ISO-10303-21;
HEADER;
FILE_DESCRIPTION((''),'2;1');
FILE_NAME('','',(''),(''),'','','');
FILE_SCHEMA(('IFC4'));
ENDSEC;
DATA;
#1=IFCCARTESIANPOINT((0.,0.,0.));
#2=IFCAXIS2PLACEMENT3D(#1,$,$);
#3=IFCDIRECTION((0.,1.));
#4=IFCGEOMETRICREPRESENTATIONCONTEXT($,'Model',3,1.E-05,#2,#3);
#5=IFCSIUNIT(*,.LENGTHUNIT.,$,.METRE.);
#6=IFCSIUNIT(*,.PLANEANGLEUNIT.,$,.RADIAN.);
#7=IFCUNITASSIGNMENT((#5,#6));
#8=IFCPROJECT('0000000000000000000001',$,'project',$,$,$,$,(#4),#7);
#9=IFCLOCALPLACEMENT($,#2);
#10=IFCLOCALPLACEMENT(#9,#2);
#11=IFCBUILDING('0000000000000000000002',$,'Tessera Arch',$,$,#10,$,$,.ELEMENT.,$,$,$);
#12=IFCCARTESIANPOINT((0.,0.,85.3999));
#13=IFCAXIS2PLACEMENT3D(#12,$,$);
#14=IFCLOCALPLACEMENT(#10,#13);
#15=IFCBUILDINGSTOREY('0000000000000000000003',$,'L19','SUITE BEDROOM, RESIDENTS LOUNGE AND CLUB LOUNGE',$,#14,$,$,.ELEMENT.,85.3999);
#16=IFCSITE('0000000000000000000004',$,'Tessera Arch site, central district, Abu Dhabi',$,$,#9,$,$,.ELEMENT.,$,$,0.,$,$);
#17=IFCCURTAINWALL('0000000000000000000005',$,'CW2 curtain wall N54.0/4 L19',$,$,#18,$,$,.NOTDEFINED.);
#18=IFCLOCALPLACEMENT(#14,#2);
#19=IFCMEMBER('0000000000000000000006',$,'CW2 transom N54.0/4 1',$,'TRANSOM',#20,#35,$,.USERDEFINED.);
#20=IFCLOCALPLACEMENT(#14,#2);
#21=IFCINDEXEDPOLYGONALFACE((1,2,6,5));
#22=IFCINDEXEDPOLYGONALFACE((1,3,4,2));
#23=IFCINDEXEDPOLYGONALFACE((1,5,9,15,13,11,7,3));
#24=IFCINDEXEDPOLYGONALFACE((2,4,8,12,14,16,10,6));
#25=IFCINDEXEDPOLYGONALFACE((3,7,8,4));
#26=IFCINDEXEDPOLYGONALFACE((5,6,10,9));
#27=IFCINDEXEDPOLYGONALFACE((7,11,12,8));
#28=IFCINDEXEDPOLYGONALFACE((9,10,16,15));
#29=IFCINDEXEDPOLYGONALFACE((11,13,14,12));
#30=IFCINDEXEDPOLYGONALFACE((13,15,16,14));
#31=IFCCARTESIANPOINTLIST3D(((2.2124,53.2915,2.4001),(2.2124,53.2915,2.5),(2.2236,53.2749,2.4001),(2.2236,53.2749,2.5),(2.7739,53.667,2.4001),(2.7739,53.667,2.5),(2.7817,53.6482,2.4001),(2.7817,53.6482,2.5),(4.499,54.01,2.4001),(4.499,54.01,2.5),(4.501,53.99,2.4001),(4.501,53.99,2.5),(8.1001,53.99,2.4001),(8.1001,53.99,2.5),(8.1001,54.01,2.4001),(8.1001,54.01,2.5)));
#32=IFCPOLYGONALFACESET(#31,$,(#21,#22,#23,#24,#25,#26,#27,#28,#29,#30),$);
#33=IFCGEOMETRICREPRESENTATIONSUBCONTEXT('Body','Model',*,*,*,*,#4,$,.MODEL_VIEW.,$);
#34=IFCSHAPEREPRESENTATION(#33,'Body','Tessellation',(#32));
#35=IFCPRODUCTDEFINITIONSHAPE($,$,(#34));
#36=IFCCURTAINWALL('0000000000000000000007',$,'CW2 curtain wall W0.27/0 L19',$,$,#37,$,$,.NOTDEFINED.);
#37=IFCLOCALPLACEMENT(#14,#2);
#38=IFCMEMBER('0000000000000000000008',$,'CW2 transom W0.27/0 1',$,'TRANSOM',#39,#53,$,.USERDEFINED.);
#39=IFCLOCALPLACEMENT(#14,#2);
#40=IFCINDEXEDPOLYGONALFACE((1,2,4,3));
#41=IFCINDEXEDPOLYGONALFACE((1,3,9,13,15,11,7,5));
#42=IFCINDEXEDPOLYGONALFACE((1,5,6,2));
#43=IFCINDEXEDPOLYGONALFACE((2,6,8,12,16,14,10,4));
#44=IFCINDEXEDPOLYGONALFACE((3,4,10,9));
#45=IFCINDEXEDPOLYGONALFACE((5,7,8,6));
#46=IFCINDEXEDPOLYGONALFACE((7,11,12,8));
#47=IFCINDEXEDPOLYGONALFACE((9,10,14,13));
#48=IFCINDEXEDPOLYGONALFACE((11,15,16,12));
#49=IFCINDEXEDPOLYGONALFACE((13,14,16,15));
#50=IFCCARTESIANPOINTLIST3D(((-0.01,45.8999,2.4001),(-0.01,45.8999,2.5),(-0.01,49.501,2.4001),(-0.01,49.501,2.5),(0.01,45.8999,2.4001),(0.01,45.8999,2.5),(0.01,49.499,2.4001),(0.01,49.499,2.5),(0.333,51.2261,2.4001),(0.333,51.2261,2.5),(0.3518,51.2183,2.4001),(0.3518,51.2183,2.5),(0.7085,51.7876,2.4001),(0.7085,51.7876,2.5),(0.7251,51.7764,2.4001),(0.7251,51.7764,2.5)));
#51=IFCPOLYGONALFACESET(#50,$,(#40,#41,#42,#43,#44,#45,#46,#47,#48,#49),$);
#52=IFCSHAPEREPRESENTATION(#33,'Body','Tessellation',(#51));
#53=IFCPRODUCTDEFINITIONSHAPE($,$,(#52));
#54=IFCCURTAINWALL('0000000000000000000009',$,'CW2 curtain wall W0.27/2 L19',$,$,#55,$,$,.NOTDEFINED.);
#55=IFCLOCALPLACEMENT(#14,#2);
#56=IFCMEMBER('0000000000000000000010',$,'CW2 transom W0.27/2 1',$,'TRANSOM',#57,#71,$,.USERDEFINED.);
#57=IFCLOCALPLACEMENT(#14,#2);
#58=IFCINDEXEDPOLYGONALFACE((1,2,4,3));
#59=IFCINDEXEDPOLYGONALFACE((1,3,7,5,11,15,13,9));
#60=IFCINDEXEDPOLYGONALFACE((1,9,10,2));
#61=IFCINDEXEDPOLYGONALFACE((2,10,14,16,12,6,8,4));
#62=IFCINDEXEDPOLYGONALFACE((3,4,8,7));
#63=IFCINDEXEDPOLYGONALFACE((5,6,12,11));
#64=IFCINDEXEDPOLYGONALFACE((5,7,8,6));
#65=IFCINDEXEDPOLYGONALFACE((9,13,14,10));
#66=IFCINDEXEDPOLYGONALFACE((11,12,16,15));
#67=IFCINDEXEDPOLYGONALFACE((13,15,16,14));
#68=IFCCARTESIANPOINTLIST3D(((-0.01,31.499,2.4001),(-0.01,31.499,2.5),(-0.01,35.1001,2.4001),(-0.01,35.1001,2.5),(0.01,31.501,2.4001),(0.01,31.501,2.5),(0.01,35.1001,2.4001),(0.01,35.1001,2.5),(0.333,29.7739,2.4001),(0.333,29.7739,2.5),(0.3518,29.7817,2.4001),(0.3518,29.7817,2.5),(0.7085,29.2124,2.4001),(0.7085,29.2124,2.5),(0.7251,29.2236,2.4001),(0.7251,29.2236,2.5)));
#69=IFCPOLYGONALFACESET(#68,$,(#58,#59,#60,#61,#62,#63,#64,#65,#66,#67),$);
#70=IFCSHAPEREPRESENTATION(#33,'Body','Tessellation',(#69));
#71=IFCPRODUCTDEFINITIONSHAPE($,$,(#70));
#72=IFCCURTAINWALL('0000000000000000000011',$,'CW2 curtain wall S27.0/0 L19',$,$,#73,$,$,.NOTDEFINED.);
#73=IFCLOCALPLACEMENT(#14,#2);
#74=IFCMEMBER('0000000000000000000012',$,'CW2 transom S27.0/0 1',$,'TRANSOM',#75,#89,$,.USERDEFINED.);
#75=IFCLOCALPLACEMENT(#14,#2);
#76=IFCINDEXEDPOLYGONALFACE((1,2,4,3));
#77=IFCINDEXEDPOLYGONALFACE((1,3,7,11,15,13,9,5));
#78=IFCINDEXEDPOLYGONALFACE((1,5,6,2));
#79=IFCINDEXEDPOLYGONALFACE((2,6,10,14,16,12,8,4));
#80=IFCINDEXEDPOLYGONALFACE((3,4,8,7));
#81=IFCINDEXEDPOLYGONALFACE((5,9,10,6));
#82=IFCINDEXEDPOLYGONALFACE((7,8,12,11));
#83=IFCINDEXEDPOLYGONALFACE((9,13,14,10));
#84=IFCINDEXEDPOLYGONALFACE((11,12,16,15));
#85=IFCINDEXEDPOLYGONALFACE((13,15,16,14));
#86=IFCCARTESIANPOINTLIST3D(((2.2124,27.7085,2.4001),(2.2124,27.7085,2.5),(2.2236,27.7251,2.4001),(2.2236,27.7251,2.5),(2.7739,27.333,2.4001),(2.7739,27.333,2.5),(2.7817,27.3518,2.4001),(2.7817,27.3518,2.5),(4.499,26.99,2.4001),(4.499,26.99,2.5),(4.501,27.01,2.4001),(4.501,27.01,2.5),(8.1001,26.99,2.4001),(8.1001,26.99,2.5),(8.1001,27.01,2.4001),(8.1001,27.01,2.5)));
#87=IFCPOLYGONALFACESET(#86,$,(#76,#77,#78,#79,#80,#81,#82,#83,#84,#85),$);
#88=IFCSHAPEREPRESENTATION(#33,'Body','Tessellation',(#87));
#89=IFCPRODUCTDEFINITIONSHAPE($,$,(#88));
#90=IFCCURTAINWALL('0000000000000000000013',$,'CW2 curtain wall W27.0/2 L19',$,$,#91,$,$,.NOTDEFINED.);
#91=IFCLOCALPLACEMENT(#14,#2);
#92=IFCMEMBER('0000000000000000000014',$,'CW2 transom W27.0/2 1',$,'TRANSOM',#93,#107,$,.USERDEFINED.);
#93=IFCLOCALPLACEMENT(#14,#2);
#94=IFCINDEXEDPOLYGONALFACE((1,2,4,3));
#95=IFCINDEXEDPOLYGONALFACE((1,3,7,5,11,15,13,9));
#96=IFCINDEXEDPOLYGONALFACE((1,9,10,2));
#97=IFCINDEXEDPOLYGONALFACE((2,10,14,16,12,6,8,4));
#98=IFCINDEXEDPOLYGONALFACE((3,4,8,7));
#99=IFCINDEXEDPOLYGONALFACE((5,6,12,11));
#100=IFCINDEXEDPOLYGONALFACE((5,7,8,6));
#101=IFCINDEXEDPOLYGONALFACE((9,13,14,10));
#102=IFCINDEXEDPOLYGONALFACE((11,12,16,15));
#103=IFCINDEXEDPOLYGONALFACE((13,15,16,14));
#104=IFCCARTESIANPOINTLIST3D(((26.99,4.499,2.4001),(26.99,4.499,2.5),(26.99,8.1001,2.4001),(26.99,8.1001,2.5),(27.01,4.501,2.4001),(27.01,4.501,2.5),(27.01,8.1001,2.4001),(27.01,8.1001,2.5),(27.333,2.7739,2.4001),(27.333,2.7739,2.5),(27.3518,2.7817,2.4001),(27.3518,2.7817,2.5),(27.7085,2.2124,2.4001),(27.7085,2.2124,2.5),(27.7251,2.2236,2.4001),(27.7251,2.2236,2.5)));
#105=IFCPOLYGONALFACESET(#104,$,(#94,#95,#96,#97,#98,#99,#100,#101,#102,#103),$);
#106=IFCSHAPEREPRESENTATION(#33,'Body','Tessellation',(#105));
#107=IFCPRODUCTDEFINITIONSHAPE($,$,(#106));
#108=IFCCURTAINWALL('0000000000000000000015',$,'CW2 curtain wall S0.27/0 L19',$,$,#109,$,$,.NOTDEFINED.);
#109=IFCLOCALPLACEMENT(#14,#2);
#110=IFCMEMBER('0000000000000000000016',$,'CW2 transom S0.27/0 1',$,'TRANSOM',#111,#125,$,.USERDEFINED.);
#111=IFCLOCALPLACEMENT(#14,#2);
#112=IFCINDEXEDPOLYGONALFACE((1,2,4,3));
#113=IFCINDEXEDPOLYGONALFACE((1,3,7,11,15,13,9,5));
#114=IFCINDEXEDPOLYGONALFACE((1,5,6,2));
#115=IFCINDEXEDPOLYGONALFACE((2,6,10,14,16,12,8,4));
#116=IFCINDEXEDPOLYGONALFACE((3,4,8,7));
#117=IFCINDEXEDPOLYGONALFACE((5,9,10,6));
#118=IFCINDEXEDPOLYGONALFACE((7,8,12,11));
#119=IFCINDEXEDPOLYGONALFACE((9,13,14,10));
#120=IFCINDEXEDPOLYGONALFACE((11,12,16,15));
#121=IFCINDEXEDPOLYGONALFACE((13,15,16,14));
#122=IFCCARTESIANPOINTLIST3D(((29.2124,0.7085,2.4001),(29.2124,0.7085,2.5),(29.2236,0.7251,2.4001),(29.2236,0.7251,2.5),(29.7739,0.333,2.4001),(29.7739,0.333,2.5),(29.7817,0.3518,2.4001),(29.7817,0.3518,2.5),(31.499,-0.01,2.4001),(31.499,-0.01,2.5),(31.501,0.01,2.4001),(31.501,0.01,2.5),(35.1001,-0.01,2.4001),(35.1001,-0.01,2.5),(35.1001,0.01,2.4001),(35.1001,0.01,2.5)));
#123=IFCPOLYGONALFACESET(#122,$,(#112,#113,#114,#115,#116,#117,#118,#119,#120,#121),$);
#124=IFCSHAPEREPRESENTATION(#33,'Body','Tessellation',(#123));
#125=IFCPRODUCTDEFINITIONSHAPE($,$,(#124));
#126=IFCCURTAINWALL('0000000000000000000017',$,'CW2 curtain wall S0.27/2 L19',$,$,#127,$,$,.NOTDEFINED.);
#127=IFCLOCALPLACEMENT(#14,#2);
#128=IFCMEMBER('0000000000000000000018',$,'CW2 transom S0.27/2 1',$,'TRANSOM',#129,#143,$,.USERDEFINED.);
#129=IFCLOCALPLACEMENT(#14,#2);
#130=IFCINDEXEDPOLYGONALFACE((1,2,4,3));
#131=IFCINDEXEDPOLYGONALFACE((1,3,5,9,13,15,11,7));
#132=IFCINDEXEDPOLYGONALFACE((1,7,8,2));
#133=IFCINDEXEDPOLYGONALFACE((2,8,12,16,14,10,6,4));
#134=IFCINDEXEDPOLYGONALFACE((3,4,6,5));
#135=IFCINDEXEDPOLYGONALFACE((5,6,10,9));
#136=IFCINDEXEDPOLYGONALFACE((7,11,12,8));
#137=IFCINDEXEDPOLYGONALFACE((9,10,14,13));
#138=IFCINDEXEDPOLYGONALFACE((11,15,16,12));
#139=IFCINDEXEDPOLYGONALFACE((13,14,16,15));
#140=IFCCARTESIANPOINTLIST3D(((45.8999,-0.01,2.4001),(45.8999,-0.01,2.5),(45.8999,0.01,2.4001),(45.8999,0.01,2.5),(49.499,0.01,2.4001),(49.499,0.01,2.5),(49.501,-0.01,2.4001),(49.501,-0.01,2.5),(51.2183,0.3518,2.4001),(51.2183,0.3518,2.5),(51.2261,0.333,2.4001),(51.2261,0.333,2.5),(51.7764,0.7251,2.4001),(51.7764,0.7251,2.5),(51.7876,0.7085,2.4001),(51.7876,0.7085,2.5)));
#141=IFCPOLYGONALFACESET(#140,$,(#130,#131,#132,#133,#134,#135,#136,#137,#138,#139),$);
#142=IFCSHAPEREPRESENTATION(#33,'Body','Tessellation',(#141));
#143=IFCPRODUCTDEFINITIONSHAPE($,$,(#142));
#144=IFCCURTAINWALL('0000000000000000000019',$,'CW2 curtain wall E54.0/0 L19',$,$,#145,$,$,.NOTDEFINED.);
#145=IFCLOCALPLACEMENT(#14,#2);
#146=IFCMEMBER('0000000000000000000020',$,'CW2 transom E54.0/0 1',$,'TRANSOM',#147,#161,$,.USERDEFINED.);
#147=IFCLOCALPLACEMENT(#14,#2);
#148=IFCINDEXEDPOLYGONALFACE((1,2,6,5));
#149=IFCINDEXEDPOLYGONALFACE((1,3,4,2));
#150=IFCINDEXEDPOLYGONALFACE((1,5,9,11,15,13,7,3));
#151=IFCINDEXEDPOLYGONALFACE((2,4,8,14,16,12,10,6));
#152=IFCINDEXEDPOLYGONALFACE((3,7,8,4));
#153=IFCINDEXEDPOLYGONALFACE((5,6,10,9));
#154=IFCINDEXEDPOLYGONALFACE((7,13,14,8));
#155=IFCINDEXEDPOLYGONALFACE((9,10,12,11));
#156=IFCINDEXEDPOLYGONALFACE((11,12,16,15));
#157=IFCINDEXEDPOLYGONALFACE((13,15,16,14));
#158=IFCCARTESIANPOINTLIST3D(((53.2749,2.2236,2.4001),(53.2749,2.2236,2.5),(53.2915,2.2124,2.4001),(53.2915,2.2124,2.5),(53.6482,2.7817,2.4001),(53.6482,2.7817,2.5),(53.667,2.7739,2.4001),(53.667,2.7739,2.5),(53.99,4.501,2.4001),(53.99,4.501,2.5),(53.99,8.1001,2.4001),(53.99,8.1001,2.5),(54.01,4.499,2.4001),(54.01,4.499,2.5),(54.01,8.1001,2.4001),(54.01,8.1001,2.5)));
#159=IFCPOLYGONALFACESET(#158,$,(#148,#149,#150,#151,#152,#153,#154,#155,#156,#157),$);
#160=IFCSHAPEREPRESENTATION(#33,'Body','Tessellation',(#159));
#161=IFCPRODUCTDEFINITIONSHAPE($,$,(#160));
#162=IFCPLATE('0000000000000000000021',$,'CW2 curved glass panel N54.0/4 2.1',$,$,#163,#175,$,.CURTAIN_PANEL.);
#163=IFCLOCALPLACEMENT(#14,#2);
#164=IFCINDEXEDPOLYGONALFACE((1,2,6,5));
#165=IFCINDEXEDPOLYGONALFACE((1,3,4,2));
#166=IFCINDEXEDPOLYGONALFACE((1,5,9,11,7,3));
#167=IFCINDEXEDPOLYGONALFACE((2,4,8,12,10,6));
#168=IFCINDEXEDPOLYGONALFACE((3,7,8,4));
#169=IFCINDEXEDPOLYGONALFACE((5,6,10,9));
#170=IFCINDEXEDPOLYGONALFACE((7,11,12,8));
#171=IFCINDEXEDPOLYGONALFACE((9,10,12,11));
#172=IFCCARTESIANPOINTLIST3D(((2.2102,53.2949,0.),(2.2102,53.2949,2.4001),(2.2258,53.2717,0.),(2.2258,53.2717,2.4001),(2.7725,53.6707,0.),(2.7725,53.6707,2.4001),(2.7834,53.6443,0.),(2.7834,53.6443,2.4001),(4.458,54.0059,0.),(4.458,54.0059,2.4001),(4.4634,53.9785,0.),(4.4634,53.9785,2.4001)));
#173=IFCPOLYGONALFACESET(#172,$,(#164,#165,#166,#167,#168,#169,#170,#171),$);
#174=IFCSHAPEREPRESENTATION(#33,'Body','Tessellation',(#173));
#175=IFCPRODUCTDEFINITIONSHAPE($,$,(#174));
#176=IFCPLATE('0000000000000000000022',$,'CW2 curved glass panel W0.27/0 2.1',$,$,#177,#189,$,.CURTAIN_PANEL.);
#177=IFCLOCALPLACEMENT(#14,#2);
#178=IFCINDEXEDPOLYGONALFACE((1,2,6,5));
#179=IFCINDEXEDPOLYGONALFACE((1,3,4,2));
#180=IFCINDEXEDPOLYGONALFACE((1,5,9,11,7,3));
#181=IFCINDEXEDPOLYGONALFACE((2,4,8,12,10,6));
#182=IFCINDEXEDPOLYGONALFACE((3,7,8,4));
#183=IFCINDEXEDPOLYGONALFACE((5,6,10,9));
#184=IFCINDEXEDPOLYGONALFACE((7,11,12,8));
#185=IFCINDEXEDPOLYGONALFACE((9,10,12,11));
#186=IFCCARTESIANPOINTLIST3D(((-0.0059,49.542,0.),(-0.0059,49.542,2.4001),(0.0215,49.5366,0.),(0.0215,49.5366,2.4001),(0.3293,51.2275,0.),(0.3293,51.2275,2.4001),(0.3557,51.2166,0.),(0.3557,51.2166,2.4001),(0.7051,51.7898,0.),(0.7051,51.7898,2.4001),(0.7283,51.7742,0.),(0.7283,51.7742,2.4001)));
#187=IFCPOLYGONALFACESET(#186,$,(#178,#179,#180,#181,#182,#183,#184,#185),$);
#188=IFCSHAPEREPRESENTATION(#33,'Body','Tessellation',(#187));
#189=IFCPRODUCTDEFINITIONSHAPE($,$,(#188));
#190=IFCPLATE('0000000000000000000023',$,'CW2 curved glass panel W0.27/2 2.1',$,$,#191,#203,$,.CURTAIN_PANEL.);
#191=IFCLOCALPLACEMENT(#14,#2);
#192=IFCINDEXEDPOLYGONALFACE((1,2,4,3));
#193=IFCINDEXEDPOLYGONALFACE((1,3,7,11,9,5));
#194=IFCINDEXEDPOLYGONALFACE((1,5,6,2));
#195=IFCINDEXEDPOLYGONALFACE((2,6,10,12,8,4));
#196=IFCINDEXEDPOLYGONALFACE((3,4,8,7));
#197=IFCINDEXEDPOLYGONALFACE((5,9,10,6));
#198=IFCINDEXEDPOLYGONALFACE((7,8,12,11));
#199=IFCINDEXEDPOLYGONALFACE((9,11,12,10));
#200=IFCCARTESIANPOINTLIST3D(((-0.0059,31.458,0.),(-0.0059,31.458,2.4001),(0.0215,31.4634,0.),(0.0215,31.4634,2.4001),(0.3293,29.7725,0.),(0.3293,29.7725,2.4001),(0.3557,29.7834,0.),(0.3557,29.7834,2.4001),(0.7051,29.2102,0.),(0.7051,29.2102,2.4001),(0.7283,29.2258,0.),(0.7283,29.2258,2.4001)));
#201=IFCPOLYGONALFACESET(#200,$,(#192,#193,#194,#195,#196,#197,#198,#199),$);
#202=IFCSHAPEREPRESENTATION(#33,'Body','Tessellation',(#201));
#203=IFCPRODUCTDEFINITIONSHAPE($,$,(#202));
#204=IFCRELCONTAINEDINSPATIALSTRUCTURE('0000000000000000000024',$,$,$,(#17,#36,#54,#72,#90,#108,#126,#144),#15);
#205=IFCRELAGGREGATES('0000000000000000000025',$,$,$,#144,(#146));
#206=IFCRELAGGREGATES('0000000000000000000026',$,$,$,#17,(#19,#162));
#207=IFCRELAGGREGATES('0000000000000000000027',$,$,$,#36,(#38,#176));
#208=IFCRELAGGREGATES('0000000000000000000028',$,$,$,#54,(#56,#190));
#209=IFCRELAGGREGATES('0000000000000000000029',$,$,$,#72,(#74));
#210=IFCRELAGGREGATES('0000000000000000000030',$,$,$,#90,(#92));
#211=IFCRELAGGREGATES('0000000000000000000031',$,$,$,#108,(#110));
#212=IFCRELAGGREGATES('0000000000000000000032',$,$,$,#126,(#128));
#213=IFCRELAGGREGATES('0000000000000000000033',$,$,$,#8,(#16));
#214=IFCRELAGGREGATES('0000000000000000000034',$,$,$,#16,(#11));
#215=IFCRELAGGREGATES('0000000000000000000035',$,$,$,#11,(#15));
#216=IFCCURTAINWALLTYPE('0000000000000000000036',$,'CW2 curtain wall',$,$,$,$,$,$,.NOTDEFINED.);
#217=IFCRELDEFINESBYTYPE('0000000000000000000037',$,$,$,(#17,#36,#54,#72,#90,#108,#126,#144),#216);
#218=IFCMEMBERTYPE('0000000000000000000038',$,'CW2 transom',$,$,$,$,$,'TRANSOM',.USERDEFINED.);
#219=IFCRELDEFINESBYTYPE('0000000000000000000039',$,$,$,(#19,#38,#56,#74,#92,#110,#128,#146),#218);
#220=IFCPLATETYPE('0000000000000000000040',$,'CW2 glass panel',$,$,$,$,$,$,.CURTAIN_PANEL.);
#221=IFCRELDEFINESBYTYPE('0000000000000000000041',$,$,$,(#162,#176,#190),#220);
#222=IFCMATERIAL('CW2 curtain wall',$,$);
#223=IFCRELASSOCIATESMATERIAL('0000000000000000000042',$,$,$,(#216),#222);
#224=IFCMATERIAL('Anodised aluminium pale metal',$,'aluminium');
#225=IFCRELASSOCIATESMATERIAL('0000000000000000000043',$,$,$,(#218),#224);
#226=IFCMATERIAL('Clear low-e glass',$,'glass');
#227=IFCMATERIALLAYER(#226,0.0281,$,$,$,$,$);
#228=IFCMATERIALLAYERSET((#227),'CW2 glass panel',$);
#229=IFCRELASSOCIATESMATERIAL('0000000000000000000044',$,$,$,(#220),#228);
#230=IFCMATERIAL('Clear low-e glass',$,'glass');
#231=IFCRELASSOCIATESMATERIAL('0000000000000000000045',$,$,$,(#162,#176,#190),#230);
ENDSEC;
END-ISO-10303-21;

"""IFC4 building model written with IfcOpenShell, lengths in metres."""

from ifc_helpers import new_model, si_unit, direction, frame, origin, origin_2d, place, context, subcontext, project, spatial, polyline, rectangle, outline, extrude, material, layer, layer_set, material_profile, profile_set, type_object, element, aggregate, save


model = new_model("IFC4")

# Units and contexts
model_context = context("Model", 3, precision=1e-05, world=origin(), true_north=direction((0.0, 1.0)))
body_context = subcontext(model_context, "Body", "Model", "MODEL_VIEW")
ifc_project = project(units=[si_unit("LENGTHUNIT", "METRE"), si_unit("PLANEANGLEUNIT", "RADIAN")], contexts=[model_context])

# Site, building, storey
site_placement = place(None, origin())
site = spatial("IfcSite", under=ifc_project, at=site_placement, Name="Tessera Arch site, central district, Abu Dhabi", CompositionType="ELEMENT", RefElevation=0.0)
building_placement = place(site_placement, origin())
building = spatial("IfcBuilding", under=site, at=building_placement, Name="Tessera Arch", CompositionType="ELEMENT")
storey_placement = place(building_placement, frame((0.0, 0.0, 85.3999)))
storey = spatial("IfcBuildingStorey", under=building, at=storey_placement, Name="L19", Description="SUITE BEDROOM, RESIDENTS LOUNGE AND CLUB LOUNGE", CompositionType="ELEMENT", Elevation=85.3999)

# Curtain walls, members
ifc_material_1 = material(Name="CW2 curtain wall")
curtain_wall_type = type_object("IfcCurtainWallType", Name="CW2 curtain wall", PredefinedType="NOTDEFINED", material=ifc_material_1)
curtain_wall_1_placement = place(storey_placement, origin())
curtain_wall_1 = element("IfcCurtainWall", 1, at=curtain_wall_1_placement, inside=storey, type_object=curtain_wall_type, Name="CW2 curtain wall N54.0/4 L19", PredefinedType="NOTDEFINED")
ifc_material_2 = material(Name="Anodised aluminium pale metal", Category="aluminium")
ifc_material_profile = material_profile(ifc_material_2, rectangle(XDim=0.2, YDim=0.1001, at=origin_2d()), Name="AL 200x100")
ifc_profile_set = profile_set([ifc_material_profile], Name="Anodised aluminium pale metal")
member_type = type_object("IfcMemberType", Name="CW2 transom", ElementType="TRANSOM", PredefinedType="USERDEFINED", material=ifc_profile_set)
member_1_placement = place(storey_placement, frame((0.0, 0.0, 2.4001)))
member_1 = element("IfcMember", 2, at=member_1_placement, type_object=member_type, Name="CW2 transom N54.0/4 1", ObjectType="TRANSOM", PredefinedType="USERDEFINED", context=body_context, shape_type="SweptSolid", body=[
    extrude(outline(polyline([(4.501, 53.99), (8.1001, 53.99), (8.1001, 54.01), (4.499, 54.01), (2.7739, 53.667), (2.2124, 53.2915), (2.2236, 53.2749), (2.7817, 53.6482), (4.501, 53.99)])), origin(), (0.0, 0.0, 1.0), 0.0999),
])
curtain_wall_2_placement = place(storey_placement, origin())
curtain_wall_2 = element("IfcCurtainWall", 3, at=curtain_wall_2_placement, inside=storey, type_object=curtain_wall_type, Name="CW2 curtain wall W0.27/0 L19", PredefinedType="NOTDEFINED")
member_2_placement = place(storey_placement, frame((0.0, 0.0, 2.4001)))
member_2 = element("IfcMember", 4, at=member_2_placement, type_object=member_type, Name="CW2 transom W0.27/0 1", ObjectType="TRANSOM", PredefinedType="USERDEFINED", context=body_context, shape_type="SweptSolid", body=[
    extrude(outline(polyline([(0.3518, 51.2183), (0.7251, 51.7764), (0.7085, 51.7876), (0.333, 51.2261), (-0.01, 49.501), (-0.01, 45.8999), (0.01, 45.8999), (0.01, 49.499), (0.3518, 51.2183)])), origin(), (0.0, 0.0, 1.0), 0.0999),
])
curtain_wall_3_placement = place(storey_placement, origin())
curtain_wall_3 = element("IfcCurtainWall", 5, at=curtain_wall_3_placement, inside=storey, type_object=curtain_wall_type, Name="CW2 curtain wall W0.27/2 L19", PredefinedType="NOTDEFINED")
member_3_placement = place(storey_placement, frame((0.0, 0.0, 2.4001)))
member_3 = element("IfcMember", 6, at=member_3_placement, type_object=member_type, Name="CW2 transom W0.27/2 1", ObjectType="TRANSOM", PredefinedType="USERDEFINED", context=body_context, shape_type="SweptSolid", body=[
    extrude(outline(polyline([(0.01, 31.501), (0.01, 35.1001), (-0.01, 35.1001), (-0.01, 31.499), (0.333, 29.7739), (0.7085, 29.2124), (0.7251, 29.2236), (0.3518, 29.7817), (0.01, 31.501)])), origin(), (0.0, 0.0, 1.0), 0.0999),
])
curtain_wall_4_placement = place(storey_placement, origin())
curtain_wall_4 = element("IfcCurtainWall", 7, at=curtain_wall_4_placement, inside=storey, type_object=curtain_wall_type, Name="CW2 curtain wall S27.0/0 L19", PredefinedType="NOTDEFINED")
member_4_placement = place(storey_placement, frame((0.0, 0.0, 2.4001)))
member_4 = element("IfcMember", 8, at=member_4_placement, type_object=member_type, Name="CW2 transom S27.0/0 1", ObjectType="TRANSOM", PredefinedType="USERDEFINED", context=body_context, shape_type="SweptSolid", body=[
    extrude(outline(polyline([(2.7817, 27.3518), (2.2236, 27.7251), (2.2124, 27.7085), (2.7739, 27.333), (4.499, 26.99), (8.1001, 26.99), (8.1001, 27.01), (4.501, 27.01), (2.7817, 27.3518)])), origin(), (0.0, 0.0, 1.0), 0.0999),
])
curtain_wall_5_placement = place(storey_placement, origin())
curtain_wall_5 = element("IfcCurtainWall", 9, at=curtain_wall_5_placement, inside=storey, type_object=curtain_wall_type, Name="CW2 curtain wall W27.0/2 L19", PredefinedType="NOTDEFINED")
member_5_placement = place(storey_placement, frame((0.0, 0.0, 2.4001)))
member_5 = element("IfcMember", 10, at=member_5_placement, type_object=member_type, Name="CW2 transom W27.0/2 1", ObjectType="TRANSOM", PredefinedType="USERDEFINED", context=body_context, shape_type="SweptSolid", body=[
    extrude(outline(polyline([(27.01, 4.501), (27.01, 8.1001), (26.99, 8.1001), (26.99, 4.499), (27.333, 2.7739), (27.7085, 2.2124), (27.7251, 2.2236), (27.3518, 2.7817), (27.01, 4.501)])), origin(), (0.0, 0.0, 1.0), 0.0999),
])
curtain_wall_6_placement = place(storey_placement, origin())
curtain_wall_6 = element("IfcCurtainWall", 11, at=curtain_wall_6_placement, inside=storey, type_object=curtain_wall_type, Name="CW2 curtain wall S0.27/0 L19", PredefinedType="NOTDEFINED")
member_6_placement = place(storey_placement, frame((0.0, 0.0, 2.4001)))
member_6 = element("IfcMember", 12, at=member_6_placement, type_object=member_type, Name="CW2 transom S0.27/0 1", ObjectType="TRANSOM", PredefinedType="USERDEFINED", context=body_context, shape_type="SweptSolid", body=[
    extrude(outline(polyline([(29.7817, 0.3518), (29.2236, 0.7251), (29.2124, 0.7085), (29.7739, 0.333), (31.499, -0.01), (35.1001, -0.01), (35.1001, 0.01), (31.501, 0.01), (29.7817, 0.3518)])), origin(), (0.0, 0.0, 1.0), 0.0999),
])
curtain_wall_7_placement = place(storey_placement, origin())
curtain_wall_7 = element("IfcCurtainWall", 13, at=curtain_wall_7_placement, inside=storey, type_object=curtain_wall_type, Name="CW2 curtain wall S0.27/2 L19", PredefinedType="NOTDEFINED")
member_7_placement = place(storey_placement, frame((0.0, 0.0, 2.4001)))
member_7 = element("IfcMember", 14, at=member_7_placement, type_object=member_type, Name="CW2 transom S0.27/2 1", ObjectType="TRANSOM", PredefinedType="USERDEFINED", context=body_context, shape_type="SweptSolid", body=[
    extrude(outline(polyline([(49.499, 0.01), (45.8999, 0.01), (45.8999, -0.01), (49.501, -0.01), (51.2261, 0.333), (51.7876, 0.7085), (51.7764, 0.7251), (51.2183, 0.3518), (49.499, 0.01)])), origin(), (0.0, 0.0, 1.0), 0.0999),
])
curtain_wall_8_placement = place(storey_placement, origin())
curtain_wall_8 = element("IfcCurtainWall", 15, at=curtain_wall_8_placement, inside=storey, type_object=curtain_wall_type, Name="CW2 curtain wall E54.0/0 L19", PredefinedType="NOTDEFINED")
member_8_placement = place(storey_placement, frame((0.0, 0.0, 2.4001)))
member_8 = element("IfcMember", 16, at=member_8_placement, type_object=member_type, Name="CW2 transom E54.0/0 1", ObjectType="TRANSOM", PredefinedType="USERDEFINED", context=body_context, shape_type="SweptSolid", body=[
    extrude(outline(polyline([(53.6482, 2.7817), (53.2749, 2.2236), (53.2915, 2.2124), (53.667, 2.7739), (54.01, 4.499), (54.01, 8.1001), (53.99, 8.1001), (53.99, 4.501), (53.6482, 2.7817)])), origin(), (0.0, 0.0, 1.0), 0.0999),
])
aggregate(curtain_wall_8, [member_8])

# Plates
ifc_material_3 = material(Name="Clear low-e glass", Category="glass")
ifc_material_4 = material(Name="Clear low-e glass", Category="glass")
ifc_layer_1 = layer(ifc_material_4, 0.0281)
ifc_layer_set_1 = layer_set([ifc_layer_1], Name="CW2 glass panel")
plate_type_1 = type_object("IfcPlateType", Name="CW2 glass panel", PredefinedType="CURTAIN_PANEL", material=ifc_layer_set_1)
plate_1_placement = place(storey_placement, origin())
plate_1 = element("IfcPlate", 17, at=plate_1_placement, type_object=plate_type_1, material=ifc_material_3, Name="CW2 curved glass panel N54.0/4 2.1", PredefinedType="CURTAIN_PANEL", context=body_context, shape_type="SweptSolid", body=[
    extrude(outline(polyline([(2.7834, 53.6443), (4.4634, 53.9785), (4.458, 54.0059), (2.7725, 53.6707), (2.2102, 53.2949), (2.2258, 53.2717), (2.7834, 53.6443)])), origin(), (0.0, 0.0, 1.0), 2.4001),
])
plate_2_placement = place(storey_placement, origin())
plate_2 = element("IfcPlate", 18, at=plate_2_placement, type_object=plate_type_1, material=ifc_material_3, Name="CW2 curved glass panel W0.27/0 2.1", PredefinedType="CURTAIN_PANEL", context=body_context, shape_type="SweptSolid", body=[
    extrude(outline(polyline([(0.3557, 51.2166), (0.7283, 51.7742), (0.7051, 51.7898), (0.3293, 51.2275), (-0.0059, 49.542), (0.0215, 49.5366), (0.3557, 51.2166)])), origin(), (0.0, 0.0, 1.0), 2.4001),
])
plate_3_placement = place(storey_placement, origin())
plate_3 = element("IfcPlate", 19, at=plate_3_placement, type_object=plate_type_1, material=ifc_material_3, Name="CW2 curved glass panel W0.27/2 2.1", PredefinedType="CURTAIN_PANEL", context=body_context, shape_type="SweptSolid", body=[
    extrude(outline(polyline([(0.3557, 29.7834), (0.0215, 31.4634), (-0.0059, 31.458), (0.3293, 29.7725), (0.7051, 29.2102), (0.7283, 29.2258), (0.3557, 29.7834)])), origin(), (0.0, 0.0, 1.0), 2.4001),
])
aggregate(curtain_wall_1, [member_1, plate_1])
aggregate(curtain_wall_2, [member_2, plate_2])
aggregate(curtain_wall_3, [member_3, plate_3])
aggregate(curtain_wall_4, [member_4])
aggregate(curtain_wall_5, [member_5])
aggregate(curtain_wall_6, [member_6])
aggregate(curtain_wall_7, [member_7])

save(model, "model.ifc")
